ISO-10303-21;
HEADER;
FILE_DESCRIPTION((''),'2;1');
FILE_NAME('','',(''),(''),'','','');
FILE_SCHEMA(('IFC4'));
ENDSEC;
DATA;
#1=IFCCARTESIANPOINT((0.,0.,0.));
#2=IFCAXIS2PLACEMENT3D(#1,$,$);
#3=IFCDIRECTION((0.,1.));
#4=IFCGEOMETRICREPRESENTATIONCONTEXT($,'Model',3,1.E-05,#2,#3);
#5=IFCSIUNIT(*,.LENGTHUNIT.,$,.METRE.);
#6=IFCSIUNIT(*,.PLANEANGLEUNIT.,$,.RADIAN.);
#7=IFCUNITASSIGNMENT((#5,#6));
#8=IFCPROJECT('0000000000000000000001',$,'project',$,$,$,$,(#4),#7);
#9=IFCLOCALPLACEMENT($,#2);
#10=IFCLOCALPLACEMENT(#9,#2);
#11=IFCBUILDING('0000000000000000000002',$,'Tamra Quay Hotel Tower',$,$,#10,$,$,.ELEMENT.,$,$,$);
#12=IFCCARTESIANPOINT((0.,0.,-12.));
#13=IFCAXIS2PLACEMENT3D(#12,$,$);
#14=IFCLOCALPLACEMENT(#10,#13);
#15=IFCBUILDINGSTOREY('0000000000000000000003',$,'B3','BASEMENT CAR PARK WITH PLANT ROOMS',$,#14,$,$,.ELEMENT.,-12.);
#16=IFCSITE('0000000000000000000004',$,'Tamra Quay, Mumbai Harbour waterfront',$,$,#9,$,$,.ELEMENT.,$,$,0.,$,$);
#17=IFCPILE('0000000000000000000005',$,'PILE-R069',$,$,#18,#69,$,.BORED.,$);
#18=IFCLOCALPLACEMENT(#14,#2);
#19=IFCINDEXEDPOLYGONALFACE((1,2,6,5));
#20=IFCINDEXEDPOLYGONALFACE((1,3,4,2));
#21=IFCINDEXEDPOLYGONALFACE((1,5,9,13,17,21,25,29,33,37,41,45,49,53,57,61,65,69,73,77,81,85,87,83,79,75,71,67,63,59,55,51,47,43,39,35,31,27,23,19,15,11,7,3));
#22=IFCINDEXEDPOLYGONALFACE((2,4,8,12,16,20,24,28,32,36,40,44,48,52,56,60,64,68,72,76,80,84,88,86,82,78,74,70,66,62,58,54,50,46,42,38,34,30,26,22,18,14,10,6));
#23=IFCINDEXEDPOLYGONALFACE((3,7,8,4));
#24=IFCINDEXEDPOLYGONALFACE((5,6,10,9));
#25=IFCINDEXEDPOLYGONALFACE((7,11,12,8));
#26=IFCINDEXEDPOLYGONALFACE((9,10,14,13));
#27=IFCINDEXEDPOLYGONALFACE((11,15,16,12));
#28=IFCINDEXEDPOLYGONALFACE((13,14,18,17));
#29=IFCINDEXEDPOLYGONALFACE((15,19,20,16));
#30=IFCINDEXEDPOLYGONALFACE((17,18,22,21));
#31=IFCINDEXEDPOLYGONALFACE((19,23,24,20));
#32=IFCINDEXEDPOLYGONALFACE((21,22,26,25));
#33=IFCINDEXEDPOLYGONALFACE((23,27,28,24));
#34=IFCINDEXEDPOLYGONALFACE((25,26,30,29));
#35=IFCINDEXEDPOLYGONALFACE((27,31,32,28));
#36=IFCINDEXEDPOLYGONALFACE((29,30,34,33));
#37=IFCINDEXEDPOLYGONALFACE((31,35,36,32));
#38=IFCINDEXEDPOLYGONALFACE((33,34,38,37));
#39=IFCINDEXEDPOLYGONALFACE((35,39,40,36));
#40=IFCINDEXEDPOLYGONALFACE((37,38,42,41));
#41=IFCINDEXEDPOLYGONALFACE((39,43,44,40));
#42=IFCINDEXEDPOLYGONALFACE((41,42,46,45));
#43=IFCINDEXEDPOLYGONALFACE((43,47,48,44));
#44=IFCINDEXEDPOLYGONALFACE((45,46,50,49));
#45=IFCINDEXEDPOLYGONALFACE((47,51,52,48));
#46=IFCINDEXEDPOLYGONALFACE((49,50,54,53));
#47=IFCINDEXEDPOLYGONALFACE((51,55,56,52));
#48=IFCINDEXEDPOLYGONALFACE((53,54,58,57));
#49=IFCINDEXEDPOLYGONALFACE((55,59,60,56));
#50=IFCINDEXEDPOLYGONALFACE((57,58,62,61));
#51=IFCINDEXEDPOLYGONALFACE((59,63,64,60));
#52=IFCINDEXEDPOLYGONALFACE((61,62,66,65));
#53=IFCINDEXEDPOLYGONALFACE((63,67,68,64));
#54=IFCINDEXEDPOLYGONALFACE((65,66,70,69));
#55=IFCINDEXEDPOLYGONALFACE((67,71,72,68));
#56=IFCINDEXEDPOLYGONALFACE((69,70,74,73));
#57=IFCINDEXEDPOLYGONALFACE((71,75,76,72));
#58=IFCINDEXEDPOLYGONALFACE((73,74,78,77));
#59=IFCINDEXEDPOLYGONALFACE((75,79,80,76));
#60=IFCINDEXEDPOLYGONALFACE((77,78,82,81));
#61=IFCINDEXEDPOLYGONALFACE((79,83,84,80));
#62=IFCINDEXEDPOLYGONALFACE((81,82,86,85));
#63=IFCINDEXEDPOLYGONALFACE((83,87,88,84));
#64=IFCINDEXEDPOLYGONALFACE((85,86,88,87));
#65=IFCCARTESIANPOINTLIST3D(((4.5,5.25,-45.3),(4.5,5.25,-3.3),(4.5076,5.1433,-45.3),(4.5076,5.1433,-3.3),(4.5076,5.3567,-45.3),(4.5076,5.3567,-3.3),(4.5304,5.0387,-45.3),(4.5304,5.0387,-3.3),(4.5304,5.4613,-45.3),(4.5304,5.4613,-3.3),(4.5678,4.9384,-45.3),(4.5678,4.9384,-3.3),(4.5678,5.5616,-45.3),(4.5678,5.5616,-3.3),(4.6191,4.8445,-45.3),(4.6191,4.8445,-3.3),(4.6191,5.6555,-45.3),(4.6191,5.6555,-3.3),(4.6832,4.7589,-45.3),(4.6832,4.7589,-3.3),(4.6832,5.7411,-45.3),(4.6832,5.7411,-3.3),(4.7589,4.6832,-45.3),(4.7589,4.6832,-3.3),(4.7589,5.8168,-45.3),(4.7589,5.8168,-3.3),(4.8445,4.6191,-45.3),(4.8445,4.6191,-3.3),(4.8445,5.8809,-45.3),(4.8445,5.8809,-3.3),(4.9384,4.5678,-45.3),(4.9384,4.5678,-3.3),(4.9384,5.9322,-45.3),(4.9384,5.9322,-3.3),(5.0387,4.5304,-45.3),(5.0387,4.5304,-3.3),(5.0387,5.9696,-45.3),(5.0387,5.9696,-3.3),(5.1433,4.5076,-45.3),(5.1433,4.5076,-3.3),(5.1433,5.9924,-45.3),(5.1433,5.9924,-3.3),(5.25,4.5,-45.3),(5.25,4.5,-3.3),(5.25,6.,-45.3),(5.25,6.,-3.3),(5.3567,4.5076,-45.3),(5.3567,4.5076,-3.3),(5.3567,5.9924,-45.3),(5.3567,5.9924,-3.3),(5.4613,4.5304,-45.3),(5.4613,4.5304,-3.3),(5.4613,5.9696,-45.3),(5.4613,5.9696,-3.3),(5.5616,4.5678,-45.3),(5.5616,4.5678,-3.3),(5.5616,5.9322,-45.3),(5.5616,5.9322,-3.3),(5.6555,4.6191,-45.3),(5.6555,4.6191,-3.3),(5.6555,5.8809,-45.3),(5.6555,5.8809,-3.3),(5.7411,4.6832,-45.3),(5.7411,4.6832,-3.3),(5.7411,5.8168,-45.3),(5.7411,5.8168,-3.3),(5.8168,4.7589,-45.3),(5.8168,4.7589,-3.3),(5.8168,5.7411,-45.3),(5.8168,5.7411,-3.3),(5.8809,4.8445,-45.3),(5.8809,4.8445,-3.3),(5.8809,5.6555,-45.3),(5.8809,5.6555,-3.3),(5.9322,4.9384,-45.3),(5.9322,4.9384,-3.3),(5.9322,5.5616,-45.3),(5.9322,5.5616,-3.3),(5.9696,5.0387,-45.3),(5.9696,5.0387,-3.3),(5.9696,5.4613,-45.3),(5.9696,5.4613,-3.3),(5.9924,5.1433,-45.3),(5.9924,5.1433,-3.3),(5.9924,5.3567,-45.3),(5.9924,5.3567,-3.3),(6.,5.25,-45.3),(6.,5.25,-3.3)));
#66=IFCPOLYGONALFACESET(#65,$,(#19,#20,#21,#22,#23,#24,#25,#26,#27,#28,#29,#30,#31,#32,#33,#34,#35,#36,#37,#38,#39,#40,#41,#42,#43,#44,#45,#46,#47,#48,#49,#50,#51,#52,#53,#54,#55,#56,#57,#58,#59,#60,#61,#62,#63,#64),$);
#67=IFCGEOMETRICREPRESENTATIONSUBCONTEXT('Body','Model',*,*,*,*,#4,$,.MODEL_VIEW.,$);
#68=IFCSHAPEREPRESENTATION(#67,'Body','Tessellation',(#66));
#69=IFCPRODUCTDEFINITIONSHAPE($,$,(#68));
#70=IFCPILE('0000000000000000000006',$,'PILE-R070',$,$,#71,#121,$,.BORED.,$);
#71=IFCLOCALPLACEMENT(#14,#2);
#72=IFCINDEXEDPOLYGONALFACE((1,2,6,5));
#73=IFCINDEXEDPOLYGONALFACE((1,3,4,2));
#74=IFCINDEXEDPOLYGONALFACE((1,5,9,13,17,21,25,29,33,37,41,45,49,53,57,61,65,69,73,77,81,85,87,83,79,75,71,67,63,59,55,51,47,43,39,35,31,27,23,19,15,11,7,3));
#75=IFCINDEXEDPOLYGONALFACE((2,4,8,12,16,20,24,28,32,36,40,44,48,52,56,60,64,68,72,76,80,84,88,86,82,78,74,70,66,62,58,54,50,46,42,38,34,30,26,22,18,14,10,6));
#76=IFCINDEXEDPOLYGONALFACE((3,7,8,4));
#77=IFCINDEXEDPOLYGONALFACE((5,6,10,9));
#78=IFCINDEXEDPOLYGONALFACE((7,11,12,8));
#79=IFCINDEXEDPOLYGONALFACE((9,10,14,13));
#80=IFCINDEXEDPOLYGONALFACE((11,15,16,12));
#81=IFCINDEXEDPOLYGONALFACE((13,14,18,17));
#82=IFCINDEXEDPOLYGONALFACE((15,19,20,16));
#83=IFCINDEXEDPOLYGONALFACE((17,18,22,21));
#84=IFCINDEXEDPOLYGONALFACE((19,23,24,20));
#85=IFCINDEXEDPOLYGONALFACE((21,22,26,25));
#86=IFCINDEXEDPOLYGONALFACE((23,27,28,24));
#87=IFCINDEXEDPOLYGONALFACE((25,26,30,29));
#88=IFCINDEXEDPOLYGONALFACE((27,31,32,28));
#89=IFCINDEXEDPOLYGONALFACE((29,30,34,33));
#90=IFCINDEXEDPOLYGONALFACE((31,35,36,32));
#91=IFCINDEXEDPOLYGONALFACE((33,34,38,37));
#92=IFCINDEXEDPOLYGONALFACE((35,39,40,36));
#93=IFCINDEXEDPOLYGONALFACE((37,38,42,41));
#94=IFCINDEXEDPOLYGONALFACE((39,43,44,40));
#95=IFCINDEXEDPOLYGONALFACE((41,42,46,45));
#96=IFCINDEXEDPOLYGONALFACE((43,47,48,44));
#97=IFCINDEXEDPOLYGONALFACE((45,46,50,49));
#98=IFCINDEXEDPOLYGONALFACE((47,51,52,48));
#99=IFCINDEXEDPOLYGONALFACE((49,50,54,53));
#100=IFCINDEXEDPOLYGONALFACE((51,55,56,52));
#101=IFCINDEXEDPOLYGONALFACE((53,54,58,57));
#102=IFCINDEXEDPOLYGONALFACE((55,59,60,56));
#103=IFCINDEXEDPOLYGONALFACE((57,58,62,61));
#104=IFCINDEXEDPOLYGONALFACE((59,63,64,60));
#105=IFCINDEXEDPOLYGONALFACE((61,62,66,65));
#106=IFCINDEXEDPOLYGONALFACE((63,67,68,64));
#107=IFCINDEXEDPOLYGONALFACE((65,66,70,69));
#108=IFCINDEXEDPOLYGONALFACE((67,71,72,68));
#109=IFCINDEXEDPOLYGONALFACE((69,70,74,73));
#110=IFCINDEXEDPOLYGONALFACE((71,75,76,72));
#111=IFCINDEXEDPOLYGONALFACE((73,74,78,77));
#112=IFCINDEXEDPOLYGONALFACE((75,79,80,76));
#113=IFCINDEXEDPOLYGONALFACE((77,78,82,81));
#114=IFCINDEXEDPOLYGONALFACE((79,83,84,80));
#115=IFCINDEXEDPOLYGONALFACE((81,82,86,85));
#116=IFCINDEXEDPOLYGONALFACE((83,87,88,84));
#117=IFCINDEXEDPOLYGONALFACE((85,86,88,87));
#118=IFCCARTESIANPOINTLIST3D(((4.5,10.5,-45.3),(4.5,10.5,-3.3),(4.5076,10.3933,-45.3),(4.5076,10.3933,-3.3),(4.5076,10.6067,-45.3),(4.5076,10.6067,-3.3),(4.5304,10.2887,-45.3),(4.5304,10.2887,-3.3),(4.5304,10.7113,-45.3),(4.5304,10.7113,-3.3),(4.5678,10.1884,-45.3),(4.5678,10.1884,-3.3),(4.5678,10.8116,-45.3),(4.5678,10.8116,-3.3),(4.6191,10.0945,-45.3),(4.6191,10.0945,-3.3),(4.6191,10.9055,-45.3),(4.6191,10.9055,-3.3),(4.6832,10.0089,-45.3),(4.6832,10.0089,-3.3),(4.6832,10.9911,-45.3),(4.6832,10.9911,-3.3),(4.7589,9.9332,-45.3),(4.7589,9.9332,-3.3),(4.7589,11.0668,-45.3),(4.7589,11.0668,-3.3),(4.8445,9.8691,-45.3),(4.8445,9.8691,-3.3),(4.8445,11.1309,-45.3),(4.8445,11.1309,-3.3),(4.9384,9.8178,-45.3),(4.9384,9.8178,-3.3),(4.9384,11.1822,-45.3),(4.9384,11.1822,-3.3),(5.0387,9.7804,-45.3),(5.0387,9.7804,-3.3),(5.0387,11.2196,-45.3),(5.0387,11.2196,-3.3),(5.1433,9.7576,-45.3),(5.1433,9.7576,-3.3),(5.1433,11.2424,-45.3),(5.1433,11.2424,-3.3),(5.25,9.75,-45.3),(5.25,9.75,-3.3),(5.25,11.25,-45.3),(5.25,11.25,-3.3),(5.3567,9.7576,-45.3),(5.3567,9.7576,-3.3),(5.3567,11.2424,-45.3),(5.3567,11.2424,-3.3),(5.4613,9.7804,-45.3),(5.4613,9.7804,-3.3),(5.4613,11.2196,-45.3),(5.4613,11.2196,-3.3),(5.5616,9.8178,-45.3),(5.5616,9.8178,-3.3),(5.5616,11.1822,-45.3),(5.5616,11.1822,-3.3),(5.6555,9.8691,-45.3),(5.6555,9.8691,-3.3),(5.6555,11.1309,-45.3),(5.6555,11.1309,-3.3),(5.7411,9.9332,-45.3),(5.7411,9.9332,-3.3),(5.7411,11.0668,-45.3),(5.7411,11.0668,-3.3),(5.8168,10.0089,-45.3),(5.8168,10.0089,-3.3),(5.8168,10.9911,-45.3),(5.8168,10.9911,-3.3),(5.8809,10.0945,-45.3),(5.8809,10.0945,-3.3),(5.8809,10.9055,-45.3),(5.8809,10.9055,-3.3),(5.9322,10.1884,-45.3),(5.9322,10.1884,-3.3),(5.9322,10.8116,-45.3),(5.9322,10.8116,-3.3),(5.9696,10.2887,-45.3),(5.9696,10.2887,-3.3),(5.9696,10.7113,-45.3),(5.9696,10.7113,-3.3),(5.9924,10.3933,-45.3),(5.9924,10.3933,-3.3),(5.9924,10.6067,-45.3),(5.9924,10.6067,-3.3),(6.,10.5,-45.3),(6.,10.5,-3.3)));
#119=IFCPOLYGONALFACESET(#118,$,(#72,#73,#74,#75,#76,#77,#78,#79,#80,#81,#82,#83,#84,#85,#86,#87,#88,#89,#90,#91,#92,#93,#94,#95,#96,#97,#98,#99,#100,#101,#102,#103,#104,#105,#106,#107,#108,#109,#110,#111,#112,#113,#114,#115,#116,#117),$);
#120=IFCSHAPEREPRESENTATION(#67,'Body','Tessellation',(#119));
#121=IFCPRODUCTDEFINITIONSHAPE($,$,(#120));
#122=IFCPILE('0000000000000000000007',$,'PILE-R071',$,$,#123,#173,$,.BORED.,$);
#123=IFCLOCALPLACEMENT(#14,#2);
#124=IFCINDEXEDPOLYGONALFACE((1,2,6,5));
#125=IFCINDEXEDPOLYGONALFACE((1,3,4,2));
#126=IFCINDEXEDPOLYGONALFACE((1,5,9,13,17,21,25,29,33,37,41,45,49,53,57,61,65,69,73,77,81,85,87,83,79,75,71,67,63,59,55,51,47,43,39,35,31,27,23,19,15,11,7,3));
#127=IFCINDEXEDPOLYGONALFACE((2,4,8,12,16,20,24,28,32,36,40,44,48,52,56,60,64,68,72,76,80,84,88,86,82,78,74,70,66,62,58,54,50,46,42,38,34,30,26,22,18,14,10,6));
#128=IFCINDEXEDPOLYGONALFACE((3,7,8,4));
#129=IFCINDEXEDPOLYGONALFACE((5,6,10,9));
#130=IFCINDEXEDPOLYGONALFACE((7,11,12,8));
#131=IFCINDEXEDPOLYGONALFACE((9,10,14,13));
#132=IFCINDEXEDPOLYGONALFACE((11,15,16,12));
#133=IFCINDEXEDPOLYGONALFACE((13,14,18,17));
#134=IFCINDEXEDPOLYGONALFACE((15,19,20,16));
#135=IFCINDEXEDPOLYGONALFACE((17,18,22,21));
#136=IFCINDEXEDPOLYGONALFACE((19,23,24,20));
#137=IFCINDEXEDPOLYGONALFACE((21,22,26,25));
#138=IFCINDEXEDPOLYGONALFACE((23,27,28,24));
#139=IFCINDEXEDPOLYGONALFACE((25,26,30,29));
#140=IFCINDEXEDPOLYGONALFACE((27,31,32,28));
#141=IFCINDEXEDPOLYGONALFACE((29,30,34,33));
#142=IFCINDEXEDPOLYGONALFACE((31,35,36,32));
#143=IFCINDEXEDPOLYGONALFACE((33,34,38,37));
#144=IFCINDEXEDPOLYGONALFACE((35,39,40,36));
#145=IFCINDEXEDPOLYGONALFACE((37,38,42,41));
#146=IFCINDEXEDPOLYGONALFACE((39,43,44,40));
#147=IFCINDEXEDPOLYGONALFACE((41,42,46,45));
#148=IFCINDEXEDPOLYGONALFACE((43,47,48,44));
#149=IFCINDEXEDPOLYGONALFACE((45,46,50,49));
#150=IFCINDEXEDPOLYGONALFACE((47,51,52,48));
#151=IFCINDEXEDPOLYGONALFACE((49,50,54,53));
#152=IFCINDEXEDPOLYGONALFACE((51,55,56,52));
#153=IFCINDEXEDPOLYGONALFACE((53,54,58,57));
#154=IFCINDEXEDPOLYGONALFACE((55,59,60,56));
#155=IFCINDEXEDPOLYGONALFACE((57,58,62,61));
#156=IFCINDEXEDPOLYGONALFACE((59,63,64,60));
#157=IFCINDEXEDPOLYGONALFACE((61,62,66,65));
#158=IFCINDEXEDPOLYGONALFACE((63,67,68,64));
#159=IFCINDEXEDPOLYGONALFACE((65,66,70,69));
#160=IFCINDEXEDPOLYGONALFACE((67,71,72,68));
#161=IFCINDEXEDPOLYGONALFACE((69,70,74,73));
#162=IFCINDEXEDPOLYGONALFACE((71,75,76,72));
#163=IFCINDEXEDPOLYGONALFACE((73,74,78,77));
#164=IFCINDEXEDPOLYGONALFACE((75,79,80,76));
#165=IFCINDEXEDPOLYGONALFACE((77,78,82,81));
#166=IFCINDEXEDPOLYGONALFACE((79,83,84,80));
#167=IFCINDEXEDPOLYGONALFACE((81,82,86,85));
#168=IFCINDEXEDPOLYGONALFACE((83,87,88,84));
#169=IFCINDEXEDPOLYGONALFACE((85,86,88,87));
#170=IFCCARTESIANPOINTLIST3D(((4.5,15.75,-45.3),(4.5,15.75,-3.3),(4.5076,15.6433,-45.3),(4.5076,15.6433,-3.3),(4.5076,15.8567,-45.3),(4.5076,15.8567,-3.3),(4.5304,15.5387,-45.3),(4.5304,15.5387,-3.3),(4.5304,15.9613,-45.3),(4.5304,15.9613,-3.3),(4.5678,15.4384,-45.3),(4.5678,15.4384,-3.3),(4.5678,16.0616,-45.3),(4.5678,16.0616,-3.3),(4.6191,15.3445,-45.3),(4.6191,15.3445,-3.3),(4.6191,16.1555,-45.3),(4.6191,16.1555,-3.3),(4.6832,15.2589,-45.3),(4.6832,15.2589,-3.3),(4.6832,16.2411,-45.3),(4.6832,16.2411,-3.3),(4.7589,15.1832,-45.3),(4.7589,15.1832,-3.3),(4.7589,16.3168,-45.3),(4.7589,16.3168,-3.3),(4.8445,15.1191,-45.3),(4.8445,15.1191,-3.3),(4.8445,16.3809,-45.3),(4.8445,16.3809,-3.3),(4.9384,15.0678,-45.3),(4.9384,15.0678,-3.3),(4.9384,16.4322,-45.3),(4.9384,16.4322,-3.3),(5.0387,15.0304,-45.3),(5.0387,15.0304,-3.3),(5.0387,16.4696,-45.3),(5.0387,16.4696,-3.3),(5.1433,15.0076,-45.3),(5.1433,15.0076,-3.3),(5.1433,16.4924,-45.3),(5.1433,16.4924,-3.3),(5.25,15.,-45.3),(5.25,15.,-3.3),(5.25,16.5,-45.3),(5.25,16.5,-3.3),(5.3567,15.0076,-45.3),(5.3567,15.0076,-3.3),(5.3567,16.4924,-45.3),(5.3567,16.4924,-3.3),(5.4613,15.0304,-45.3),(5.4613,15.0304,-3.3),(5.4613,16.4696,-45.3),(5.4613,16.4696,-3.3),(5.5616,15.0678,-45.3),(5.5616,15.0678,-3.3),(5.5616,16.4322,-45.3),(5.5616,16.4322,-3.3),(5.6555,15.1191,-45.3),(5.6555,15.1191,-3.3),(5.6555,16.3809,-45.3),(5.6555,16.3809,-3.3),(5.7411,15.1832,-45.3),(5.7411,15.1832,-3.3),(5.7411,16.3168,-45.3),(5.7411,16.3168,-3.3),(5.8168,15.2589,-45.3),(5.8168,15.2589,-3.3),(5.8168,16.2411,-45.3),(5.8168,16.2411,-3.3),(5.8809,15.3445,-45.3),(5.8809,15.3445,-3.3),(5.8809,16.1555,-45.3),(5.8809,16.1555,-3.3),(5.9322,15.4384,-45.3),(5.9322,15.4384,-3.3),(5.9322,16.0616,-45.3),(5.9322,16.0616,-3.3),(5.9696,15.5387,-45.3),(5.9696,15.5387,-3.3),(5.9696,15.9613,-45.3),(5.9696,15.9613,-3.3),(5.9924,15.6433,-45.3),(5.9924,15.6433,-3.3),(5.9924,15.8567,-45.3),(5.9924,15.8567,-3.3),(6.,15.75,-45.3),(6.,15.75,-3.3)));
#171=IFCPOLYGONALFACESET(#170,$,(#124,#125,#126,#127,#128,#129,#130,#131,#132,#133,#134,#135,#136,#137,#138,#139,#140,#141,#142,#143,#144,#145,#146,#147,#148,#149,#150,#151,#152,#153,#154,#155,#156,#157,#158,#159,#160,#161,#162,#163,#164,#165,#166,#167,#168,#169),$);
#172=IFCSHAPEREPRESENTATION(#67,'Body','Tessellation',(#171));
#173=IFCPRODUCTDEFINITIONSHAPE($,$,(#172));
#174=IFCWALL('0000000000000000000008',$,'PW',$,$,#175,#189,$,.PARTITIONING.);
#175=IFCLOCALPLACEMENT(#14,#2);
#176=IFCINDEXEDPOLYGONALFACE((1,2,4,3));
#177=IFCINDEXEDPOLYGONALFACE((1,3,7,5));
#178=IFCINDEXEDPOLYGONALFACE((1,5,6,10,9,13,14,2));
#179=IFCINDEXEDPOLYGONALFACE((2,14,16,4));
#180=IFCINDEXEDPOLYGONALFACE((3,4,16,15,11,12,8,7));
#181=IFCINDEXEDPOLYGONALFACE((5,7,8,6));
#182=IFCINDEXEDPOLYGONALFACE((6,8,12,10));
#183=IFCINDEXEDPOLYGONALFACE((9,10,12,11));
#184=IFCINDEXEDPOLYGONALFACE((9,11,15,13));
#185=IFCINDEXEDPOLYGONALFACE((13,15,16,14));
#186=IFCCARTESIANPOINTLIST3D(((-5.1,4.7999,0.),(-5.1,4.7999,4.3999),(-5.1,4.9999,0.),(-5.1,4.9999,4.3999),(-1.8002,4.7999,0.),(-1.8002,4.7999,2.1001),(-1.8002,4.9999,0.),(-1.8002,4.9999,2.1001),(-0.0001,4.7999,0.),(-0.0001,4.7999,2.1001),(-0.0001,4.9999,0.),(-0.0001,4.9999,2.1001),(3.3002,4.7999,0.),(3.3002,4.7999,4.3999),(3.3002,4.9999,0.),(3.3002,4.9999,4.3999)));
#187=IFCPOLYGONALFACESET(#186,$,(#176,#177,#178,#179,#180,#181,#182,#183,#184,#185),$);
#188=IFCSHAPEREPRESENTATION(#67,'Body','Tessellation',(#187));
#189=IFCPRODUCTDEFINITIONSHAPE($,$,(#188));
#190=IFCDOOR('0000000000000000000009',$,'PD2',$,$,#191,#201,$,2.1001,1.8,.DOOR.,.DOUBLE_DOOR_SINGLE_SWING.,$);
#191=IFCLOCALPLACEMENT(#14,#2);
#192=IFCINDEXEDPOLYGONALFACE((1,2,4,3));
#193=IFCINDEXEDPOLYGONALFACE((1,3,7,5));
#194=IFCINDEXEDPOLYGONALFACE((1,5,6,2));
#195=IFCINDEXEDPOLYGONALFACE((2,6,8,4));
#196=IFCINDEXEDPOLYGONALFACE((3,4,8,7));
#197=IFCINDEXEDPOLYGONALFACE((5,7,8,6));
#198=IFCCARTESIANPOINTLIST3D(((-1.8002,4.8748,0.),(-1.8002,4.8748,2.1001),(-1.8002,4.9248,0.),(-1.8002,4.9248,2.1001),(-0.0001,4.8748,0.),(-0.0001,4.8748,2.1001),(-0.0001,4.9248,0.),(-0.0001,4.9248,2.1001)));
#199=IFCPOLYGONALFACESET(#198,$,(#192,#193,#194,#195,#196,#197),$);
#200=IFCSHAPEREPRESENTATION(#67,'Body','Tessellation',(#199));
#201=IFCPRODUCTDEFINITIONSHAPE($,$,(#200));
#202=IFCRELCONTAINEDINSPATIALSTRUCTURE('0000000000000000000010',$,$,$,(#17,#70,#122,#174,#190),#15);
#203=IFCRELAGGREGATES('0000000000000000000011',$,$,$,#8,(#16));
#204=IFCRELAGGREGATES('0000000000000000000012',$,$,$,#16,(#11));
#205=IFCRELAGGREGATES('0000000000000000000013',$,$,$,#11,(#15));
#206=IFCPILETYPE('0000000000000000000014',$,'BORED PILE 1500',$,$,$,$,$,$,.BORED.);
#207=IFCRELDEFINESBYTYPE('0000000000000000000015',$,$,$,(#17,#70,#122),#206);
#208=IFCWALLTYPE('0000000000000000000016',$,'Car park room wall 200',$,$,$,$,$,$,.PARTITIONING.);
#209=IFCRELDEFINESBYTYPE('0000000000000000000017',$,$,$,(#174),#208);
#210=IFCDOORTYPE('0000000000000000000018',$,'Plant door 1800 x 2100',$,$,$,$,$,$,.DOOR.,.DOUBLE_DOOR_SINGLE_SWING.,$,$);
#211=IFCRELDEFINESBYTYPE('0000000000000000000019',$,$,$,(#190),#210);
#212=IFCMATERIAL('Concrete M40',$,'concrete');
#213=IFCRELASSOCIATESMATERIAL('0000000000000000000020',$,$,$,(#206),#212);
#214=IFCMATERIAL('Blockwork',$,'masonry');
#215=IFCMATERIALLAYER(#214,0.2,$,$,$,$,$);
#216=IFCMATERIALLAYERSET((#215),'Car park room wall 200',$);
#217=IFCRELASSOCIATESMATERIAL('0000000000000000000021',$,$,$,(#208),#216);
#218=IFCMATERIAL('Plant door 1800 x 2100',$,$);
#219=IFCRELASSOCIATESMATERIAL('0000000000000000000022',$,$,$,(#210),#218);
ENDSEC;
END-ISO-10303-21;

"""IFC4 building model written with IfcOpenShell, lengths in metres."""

from ifc_helpers import new_model, si_unit, direction, frame, frame_2d, origin, origin_2d, place, context, subcontext, project, spatial, rectangle, circle, extrude, material, layer, layer_set, material_profile, profile_set, type_object, element, fill, save


model = new_model("IFC4")

# Units and contexts
model_context = context("Model", 3, precision=1e-05, world=origin(), true_north=direction((0.0, 1.0)))
body_context = subcontext(model_context, "Body", "Model", "MODEL_VIEW")
ifc_project = project(units=[si_unit("LENGTHUNIT", "METRE"), si_unit("PLANEANGLEUNIT", "RADIAN")], contexts=[model_context])

# Site, building, storey
site_placement = place(None, origin())
site = spatial("IfcSite", under=ifc_project, at=site_placement, Name="Tamra Quay, Mumbai Harbour waterfront", CompositionType="ELEMENT", RefElevation=0.0)
building_placement = place(site_placement, origin())
building = spatial("IfcBuilding", under=site, at=building_placement, Name="Tamra Quay Hotel Tower", CompositionType="ELEMENT")
storey_placement = place(building_placement, frame((0.0, 0.0, -12.0)))
storey = spatial("IfcBuildingStorey", under=building, at=storey_placement, Name="B3", Description="BASEMENT CAR PARK WITH PLANT ROOMS", CompositionType="ELEMENT", Elevation=-12.0)

# Piles
ifc_material_1 = material(Name="Concrete M40", Category="concrete")
ifc_material_profile = material_profile(ifc_material_1, circle(Radius=0.75, at=origin_2d()), Name="BORED PILE 1500")
ifc_profile_set = profile_set([ifc_material_profile], Name="Concrete M40")
pile_type = type_object("IfcPileType", Name="BORED PILE 1500", PredefinedType="BORED", material=ifc_profile_set)
for number, where, z_axis, x_axis, name in (
    (1, (5.25, 5.25, -3.3), (0.0, 0.0, -1.0), (1.0, 0.0, 0.0), "PILE-R069"),
    (2, (5.25, 10.5, -3.3), (0.0, 0.0, -1.0), (1.0, 0.0, 0.0), "PILE-R070"),
    (3, (5.25, 15.75, -3.3), (0.0, 0.0, -1.0), (1.0, 0.0, 0.0), "PILE-R071"),
):
    element("IfcPile", number, at=place(storey_placement, frame(where, z_axis=z_axis, x_axis=x_axis)), inside=storey, type_object=pile_type, Name=name, PredefinedType="BORED", context=body_context, shape_type="SweptSolid", body=[
        extrude(circle(Radius=0.75, at=origin_2d()), origin(), (0.0, 0.0, 1.0), 42.0),
    ])

# Wall, opening, door
ifc_material_2 = material(Name="Blockwork", Category="masonry")
ifc_layer_1 = layer(ifc_material_2, 0.2)
ifc_layer_set_1 = layer_set([ifc_layer_1], Name="Car park room wall 200")
wall_type_1 = type_object("IfcWallType", Name="Car park room wall 200", PredefinedType="PARTITIONING", material=ifc_layer_set_1)
wall_1_placement = place(storey_placement, frame((-5.1001, 4.8999, 0.0), z_axis=(0.0, 0.0, 1.0), x_axis=(1.0, 0.0, 0.0)))
wall_1 = element("IfcWall", 4, at=wall_1_placement, inside=storey, type_object=wall_type_1, Name="PW", PredefinedType="PARTITIONING", context=body_context, shape_type="SweptSolid", body=[
    extrude(rectangle(XDim=8.4001, YDim=0.2, at=frame_2d((4.2002, 0.0))), origin(), (0.0, 0.0, 1.0), 4.3999),
])
opening_1_placement = place(wall_1_placement, frame((3.3, 0.0, 0.0)))
opening_1 = element("IfcOpeningElement", 5, at=opening_1_placement, cuts=wall_1, PredefinedType="OPENING", context=body_context, shape_type="SweptSolid", body=[
    extrude(rectangle(XDim=1.8, YDim=2.1001, at=frame_2d((0.8999, 1.05))), frame((0.0, 0.1099, 0.0), z_axis=(0.0, -1.0, 0.0), x_axis=(1.0, 0.0, 0.0)), (0.0, 0.0, 1.0), 0.22),
])
ifc_material_3 = material(Name="Plant door 1800 x 2100")
door_type_1 = type_object("IfcDoorType", Name="Plant door 1800 x 2100", OperationType="DOUBLE_DOOR_SINGLE_SWING", PredefinedType="DOOR", material=ifc_material_3)
door_1_placement = place(opening_1_placement, origin())
door_1 = element("IfcDoor", 6, at=door_1_placement, inside=storey, type_object=door_type_1, Name="PD2", OperationType="DOUBLE_DOOR_SINGLE_SWING", OverallHeight=2.1001, OverallWidth=1.8, PredefinedType="DOOR", context=body_context, shape_type="SweptSolid", body=[
    extrude(rectangle(XDim=1.8, YDim=2.1001, at=frame_2d((0.8999, 1.05))), frame((0.0, 0.0249, 0.0), z_axis=(0.0, -1.0, 0.0), x_axis=(1.0, 0.0, 0.0)), (0.0, 0.0, 1.0), 0.05),
])
fill(opening_1, door_1)

save(model, "model.ifc")
